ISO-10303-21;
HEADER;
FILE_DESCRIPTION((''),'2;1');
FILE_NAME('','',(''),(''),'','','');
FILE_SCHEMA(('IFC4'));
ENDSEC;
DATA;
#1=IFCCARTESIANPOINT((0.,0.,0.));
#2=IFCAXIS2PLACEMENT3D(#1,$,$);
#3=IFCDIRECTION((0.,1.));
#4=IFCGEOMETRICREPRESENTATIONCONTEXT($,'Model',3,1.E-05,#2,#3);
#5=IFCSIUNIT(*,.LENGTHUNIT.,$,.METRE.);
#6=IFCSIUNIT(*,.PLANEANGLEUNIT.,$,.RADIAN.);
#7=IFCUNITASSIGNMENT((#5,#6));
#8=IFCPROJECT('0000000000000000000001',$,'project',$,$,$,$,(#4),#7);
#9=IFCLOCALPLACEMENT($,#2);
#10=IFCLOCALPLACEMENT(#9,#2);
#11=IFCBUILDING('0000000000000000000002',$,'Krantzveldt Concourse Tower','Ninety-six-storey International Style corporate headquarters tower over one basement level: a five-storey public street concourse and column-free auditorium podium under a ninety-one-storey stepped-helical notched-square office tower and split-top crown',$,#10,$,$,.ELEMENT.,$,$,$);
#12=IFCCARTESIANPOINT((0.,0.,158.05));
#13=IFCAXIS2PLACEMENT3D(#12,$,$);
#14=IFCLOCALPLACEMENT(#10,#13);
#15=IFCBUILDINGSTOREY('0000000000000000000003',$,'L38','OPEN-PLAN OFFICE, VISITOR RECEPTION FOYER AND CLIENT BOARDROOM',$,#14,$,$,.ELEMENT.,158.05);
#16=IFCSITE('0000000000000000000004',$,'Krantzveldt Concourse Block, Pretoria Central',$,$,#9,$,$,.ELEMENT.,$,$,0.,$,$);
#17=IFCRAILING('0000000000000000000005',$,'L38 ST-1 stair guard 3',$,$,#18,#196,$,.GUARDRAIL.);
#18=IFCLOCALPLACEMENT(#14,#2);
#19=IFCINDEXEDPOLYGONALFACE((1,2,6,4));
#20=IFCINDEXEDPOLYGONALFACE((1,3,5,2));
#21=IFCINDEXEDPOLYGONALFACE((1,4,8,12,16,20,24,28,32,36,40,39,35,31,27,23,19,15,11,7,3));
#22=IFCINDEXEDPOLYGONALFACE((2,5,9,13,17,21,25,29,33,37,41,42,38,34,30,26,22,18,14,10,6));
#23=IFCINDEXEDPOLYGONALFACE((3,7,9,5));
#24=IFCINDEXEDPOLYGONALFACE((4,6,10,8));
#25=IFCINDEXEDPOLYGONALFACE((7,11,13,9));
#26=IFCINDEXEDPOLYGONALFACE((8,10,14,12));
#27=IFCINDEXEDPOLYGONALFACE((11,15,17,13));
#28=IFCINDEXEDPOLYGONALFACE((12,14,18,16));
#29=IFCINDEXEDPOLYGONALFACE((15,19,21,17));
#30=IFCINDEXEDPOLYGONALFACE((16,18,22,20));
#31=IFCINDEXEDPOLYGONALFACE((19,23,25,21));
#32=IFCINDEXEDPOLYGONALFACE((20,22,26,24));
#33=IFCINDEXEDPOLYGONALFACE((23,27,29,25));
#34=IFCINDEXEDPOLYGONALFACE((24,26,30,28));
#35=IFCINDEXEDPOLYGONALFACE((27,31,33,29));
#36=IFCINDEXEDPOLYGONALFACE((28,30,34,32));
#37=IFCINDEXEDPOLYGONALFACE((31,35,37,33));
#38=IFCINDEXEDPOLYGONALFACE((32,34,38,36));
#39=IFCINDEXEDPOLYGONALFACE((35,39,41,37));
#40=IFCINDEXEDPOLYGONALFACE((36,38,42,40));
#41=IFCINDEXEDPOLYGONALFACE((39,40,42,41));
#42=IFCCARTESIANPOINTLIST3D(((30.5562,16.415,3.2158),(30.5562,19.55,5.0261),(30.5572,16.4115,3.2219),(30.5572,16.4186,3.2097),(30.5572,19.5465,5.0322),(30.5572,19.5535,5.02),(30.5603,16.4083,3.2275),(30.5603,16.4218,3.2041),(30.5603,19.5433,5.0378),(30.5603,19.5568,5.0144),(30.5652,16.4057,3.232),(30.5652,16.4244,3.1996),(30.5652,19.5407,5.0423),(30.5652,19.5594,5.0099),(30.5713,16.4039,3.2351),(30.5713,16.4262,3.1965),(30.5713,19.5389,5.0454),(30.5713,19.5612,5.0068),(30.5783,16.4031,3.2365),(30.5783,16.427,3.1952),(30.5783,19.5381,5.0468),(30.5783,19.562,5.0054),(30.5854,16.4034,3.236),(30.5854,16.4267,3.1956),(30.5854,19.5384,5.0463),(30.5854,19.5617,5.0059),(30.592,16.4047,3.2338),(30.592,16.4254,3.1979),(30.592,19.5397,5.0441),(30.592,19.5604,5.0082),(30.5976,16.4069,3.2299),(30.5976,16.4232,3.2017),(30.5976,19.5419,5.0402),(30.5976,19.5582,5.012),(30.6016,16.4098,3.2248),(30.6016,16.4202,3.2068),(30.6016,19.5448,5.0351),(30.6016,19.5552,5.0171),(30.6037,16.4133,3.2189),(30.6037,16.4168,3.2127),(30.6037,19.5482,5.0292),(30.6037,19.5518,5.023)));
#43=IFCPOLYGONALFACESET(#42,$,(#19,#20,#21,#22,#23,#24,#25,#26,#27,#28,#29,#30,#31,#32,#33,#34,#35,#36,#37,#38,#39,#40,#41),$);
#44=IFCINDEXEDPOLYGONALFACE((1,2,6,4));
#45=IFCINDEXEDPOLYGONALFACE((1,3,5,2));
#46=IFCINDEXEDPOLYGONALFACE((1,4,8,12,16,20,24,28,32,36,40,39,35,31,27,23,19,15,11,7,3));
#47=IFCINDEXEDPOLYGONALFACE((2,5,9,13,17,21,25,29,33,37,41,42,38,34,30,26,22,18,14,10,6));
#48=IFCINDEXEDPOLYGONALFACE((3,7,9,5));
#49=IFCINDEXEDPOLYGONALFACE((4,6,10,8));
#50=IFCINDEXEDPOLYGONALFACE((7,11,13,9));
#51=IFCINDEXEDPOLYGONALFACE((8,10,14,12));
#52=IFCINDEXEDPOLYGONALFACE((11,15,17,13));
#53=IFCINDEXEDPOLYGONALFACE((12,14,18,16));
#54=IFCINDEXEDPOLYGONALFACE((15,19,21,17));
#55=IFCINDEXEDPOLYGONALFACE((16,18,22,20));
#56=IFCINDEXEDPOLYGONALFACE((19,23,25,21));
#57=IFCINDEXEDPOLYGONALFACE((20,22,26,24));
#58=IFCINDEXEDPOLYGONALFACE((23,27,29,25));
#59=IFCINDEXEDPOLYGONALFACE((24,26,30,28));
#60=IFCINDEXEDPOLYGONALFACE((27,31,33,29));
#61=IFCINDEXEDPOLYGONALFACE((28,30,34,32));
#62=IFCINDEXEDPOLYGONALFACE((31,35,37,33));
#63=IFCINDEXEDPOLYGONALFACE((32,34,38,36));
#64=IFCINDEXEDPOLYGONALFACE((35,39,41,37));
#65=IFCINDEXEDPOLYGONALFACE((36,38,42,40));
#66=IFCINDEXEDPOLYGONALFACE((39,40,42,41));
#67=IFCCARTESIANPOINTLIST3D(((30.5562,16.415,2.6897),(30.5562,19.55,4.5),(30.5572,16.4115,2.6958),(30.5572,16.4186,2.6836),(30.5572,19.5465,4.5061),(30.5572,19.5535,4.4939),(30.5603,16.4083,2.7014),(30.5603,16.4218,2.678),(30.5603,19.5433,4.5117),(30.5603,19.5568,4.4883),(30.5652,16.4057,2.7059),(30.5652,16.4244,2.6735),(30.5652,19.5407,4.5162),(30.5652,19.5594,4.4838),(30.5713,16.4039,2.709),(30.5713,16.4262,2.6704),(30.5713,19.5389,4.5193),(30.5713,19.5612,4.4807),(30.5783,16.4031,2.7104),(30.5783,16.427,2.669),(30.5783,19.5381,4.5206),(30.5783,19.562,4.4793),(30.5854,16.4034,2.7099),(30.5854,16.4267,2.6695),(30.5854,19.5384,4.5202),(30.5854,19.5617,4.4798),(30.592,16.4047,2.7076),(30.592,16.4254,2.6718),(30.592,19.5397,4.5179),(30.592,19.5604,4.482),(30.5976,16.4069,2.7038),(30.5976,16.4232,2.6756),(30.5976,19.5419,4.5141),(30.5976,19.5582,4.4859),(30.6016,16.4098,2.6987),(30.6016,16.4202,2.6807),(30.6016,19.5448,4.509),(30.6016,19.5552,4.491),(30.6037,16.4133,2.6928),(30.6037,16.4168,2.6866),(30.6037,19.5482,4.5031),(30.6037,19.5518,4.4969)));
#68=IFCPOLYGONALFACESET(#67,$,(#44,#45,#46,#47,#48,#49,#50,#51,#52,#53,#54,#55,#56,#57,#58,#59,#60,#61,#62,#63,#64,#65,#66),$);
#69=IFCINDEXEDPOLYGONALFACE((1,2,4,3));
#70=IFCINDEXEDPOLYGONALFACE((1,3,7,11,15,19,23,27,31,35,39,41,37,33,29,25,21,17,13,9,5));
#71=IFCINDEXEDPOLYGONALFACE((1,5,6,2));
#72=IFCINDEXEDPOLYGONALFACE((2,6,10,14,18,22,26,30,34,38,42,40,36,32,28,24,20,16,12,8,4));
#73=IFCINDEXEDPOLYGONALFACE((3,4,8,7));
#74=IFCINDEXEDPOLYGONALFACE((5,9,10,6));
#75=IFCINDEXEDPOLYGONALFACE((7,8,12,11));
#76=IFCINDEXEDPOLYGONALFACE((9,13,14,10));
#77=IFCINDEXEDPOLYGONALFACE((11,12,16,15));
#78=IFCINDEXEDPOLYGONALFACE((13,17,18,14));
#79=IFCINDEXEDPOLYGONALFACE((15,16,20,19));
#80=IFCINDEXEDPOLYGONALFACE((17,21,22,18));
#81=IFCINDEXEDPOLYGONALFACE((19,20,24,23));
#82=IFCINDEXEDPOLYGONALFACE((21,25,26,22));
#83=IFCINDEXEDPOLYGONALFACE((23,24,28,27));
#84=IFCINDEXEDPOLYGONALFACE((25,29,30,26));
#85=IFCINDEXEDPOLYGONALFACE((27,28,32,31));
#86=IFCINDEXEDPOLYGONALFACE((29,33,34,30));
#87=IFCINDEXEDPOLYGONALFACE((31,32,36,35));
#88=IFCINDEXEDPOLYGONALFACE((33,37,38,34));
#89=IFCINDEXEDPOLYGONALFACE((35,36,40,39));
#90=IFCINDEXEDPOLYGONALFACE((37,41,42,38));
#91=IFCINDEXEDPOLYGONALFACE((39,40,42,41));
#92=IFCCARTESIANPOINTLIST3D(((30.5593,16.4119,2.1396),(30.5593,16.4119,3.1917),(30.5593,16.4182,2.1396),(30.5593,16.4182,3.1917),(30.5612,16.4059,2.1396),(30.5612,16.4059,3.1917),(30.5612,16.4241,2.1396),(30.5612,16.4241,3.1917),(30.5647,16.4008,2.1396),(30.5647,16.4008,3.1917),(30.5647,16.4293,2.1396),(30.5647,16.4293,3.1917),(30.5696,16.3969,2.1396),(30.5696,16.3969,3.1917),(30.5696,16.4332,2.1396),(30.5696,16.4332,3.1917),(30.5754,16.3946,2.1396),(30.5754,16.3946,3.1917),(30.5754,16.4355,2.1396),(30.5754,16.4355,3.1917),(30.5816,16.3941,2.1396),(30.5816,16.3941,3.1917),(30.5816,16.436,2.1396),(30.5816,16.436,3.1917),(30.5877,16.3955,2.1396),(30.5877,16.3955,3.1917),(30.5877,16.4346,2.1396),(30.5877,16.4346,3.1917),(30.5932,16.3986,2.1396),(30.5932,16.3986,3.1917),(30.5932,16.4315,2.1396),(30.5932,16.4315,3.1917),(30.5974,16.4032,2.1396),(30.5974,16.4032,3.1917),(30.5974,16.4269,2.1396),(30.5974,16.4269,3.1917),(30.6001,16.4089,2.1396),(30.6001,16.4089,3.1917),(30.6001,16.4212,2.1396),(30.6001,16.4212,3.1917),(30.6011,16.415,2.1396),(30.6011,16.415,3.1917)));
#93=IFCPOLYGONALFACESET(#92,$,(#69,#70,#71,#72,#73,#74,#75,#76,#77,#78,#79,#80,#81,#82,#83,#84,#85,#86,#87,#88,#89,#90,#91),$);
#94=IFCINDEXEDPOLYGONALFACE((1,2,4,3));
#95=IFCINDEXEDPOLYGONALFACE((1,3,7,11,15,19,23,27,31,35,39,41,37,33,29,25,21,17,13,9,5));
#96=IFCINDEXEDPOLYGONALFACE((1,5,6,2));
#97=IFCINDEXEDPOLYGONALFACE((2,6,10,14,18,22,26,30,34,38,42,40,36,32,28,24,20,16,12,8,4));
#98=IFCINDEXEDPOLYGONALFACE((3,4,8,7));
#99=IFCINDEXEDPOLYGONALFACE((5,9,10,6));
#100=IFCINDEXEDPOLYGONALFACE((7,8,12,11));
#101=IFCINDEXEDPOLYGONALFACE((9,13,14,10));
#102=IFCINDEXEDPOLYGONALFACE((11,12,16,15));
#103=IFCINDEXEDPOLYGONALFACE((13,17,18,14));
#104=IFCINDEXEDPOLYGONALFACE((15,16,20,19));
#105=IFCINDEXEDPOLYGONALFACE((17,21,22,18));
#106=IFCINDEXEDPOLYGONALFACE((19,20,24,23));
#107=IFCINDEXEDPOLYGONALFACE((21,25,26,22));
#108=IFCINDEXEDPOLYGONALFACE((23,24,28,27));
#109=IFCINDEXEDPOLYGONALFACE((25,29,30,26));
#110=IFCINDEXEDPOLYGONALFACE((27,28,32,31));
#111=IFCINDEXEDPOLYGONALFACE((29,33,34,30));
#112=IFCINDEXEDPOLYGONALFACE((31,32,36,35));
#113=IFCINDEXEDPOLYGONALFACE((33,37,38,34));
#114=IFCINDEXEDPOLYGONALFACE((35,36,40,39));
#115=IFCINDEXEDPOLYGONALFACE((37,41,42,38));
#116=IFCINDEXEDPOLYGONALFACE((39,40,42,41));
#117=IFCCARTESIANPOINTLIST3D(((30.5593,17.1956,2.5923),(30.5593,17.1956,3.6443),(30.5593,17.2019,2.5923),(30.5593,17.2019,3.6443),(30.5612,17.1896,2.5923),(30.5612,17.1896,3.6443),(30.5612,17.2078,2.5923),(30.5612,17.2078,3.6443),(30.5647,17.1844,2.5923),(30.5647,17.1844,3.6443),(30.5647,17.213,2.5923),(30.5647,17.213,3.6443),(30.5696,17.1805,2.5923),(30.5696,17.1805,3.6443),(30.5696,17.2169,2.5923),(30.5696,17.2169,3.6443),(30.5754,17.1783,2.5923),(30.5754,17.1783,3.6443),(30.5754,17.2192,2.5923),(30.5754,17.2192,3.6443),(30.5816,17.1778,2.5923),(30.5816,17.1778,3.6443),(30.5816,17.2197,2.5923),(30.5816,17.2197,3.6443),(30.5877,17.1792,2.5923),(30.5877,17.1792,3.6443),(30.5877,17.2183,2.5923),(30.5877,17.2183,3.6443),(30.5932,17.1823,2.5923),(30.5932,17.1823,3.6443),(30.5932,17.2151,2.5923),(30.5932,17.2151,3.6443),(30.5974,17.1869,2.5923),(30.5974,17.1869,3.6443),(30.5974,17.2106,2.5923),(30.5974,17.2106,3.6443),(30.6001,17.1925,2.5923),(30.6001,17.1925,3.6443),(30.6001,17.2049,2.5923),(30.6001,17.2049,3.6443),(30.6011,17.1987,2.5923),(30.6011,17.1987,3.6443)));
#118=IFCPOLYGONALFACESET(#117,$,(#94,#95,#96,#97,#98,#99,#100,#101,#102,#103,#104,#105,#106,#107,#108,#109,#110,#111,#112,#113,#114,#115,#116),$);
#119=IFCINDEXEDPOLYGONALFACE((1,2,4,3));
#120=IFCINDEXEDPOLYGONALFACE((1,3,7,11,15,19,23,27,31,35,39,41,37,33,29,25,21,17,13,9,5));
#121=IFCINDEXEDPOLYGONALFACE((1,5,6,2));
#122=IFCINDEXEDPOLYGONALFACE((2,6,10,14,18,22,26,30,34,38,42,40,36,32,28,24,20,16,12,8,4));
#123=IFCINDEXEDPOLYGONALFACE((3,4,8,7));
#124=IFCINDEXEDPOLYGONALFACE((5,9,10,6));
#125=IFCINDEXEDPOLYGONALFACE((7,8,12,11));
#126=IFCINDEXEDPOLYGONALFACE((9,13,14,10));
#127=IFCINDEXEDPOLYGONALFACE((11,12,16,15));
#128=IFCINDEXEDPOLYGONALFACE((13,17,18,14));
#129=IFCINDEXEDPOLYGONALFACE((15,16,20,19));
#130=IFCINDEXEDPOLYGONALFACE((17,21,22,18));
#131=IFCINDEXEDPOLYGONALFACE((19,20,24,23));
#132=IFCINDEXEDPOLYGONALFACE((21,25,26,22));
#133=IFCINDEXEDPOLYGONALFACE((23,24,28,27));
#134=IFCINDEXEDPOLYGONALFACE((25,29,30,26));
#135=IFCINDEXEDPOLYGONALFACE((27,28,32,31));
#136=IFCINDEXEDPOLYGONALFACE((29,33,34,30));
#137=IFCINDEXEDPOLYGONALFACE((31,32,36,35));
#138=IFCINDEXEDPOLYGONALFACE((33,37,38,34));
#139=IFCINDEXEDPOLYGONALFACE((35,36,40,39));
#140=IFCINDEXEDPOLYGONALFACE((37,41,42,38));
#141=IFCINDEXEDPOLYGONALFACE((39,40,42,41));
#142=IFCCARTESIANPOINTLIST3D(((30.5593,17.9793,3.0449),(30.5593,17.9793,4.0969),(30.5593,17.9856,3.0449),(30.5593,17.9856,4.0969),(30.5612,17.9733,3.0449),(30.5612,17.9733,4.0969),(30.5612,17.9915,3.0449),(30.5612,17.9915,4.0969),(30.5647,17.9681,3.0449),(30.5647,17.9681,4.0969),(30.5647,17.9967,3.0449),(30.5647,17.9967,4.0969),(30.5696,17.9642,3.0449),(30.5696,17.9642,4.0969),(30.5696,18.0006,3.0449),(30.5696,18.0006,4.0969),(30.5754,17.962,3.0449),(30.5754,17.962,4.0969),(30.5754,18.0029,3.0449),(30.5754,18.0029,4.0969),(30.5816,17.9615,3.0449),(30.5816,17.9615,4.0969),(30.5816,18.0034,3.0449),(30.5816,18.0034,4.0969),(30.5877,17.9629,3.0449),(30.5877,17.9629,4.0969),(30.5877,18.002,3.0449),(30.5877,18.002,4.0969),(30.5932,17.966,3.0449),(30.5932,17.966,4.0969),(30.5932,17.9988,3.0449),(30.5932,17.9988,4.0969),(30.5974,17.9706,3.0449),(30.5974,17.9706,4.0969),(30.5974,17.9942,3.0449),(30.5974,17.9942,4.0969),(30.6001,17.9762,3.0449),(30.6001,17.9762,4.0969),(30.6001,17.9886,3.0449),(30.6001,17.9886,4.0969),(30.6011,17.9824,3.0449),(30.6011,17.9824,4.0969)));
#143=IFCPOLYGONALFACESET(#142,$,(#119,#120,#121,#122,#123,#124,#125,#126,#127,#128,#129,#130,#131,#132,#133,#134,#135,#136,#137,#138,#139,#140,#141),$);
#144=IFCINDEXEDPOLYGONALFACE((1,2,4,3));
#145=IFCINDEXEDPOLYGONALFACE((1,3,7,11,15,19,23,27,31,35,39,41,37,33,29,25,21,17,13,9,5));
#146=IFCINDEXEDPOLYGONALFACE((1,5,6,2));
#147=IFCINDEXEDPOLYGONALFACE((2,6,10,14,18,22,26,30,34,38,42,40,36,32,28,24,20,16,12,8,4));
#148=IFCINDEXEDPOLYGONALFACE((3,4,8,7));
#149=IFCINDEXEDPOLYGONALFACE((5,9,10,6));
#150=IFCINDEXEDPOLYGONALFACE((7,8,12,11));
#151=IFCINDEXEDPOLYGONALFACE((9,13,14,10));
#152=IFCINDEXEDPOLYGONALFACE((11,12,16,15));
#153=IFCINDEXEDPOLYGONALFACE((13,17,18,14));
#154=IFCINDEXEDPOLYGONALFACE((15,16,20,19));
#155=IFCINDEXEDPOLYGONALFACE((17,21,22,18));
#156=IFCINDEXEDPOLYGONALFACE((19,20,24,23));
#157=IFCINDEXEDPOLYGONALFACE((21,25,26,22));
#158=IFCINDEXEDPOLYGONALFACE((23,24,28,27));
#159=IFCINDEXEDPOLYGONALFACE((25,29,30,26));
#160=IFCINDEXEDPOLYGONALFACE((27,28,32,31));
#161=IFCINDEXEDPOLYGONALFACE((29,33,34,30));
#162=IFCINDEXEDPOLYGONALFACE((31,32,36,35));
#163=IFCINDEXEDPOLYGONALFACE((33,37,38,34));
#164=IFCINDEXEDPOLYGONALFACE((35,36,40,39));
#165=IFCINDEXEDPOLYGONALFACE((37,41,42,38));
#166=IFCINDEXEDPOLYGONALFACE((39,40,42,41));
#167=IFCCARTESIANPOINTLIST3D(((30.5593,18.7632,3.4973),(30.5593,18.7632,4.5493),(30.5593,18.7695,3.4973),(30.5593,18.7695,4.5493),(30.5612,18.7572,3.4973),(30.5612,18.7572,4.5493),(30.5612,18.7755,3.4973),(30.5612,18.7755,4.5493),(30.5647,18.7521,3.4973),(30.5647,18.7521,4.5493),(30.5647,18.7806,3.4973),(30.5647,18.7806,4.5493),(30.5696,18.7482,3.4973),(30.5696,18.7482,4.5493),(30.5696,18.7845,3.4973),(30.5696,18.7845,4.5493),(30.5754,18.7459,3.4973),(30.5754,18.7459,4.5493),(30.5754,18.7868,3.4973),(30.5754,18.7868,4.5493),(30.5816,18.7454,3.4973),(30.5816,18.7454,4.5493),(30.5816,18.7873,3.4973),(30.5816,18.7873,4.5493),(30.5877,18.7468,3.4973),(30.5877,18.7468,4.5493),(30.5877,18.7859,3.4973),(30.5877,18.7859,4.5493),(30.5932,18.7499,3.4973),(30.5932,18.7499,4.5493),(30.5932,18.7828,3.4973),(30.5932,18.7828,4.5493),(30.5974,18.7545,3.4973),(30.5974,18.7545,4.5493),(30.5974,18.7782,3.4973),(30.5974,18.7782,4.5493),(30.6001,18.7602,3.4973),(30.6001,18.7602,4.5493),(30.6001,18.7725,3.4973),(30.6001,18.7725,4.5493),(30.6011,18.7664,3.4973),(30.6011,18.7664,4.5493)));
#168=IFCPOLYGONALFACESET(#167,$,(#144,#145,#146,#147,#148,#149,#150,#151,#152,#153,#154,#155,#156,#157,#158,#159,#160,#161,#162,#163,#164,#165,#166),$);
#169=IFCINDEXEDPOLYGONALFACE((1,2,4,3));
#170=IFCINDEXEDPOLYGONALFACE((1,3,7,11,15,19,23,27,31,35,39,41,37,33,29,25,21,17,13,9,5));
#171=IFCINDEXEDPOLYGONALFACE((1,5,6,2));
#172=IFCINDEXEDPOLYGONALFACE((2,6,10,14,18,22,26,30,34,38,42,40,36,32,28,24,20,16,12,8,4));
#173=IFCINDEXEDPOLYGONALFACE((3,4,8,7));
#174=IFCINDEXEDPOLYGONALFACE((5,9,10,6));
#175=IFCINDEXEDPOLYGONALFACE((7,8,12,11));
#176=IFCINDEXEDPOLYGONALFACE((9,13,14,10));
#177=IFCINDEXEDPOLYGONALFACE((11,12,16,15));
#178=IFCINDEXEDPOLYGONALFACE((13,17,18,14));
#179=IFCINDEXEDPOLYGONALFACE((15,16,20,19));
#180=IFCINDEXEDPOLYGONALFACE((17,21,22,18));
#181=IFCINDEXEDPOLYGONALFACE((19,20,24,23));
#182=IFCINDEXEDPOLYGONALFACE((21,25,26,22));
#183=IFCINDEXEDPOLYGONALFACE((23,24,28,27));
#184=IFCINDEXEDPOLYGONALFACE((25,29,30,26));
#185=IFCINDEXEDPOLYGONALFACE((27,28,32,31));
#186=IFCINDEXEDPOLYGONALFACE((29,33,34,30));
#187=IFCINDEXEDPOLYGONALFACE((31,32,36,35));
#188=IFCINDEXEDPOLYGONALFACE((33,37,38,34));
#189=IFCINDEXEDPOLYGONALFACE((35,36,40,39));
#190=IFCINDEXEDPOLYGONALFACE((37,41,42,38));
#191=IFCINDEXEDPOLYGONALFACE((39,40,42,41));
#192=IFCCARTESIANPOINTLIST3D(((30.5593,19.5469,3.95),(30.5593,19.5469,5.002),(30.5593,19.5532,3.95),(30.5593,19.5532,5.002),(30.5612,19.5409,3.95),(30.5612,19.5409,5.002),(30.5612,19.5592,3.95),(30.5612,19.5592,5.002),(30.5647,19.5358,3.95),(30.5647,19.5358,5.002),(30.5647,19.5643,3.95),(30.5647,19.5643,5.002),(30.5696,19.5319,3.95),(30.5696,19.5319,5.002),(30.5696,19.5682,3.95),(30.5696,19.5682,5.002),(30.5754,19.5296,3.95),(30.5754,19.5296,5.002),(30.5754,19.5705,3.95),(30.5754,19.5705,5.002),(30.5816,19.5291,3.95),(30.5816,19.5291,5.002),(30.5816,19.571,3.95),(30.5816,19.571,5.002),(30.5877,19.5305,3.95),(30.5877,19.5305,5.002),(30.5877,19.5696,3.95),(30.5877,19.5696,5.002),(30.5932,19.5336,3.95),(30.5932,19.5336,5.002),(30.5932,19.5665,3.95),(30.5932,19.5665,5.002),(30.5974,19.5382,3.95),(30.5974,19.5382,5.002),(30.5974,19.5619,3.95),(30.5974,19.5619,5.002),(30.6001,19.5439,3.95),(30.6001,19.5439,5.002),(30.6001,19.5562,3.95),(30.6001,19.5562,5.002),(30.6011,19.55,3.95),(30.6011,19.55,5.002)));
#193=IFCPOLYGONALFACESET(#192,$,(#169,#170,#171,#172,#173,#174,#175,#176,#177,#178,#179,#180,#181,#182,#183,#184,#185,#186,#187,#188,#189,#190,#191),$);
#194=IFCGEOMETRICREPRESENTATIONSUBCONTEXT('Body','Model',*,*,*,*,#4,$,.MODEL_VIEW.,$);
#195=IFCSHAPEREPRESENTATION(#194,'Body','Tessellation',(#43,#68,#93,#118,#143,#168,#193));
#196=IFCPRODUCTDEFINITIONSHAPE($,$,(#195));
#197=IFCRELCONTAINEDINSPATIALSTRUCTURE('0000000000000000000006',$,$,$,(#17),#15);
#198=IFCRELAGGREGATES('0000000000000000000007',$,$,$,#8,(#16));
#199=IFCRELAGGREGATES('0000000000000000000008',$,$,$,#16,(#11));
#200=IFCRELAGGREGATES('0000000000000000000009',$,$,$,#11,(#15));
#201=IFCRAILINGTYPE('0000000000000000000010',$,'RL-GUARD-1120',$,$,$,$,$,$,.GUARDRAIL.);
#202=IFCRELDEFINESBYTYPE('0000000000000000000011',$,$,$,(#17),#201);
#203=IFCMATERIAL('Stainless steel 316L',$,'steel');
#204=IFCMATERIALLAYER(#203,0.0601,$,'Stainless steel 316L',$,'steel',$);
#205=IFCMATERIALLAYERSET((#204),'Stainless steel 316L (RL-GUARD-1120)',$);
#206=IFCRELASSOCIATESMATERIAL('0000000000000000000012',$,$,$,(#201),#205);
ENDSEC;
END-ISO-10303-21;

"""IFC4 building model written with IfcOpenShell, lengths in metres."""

from ifc_helpers import new_model, si_unit, direction, frame, origin, origin_2d, place, context, subcontext, project, spatial, circle, extrude, material, layer, layer_set, type_object, element, save


model = new_model("IFC4")

# Units and contexts
model_context = context("Model", 3, precision=1e-05, world=origin(), true_north=direction((0.0, 1.0)))
body_context = subcontext(model_context, "Body", "Model", "MODEL_VIEW")
ifc_project = project(units=[si_unit("LENGTHUNIT", "METRE"), si_unit("PLANEANGLEUNIT", "RADIAN")], contexts=[model_context])

# Site, building, storey
site_placement = place(None, origin())
site = spatial("IfcSite", under=ifc_project, at=site_placement, Name="Krantzveldt Concourse Block, Pretoria Central", CompositionType="ELEMENT", RefElevation=0.0)
building_placement = place(site_placement, origin())
building = spatial("IfcBuilding", under=site, at=building_placement, Name="Krantzveldt Concourse Tower", Description="Ninety-six-storey International Style corporate headquarters tower over one basement level: a five-storey public street concourse and column-free auditorium podium under a ninety-one-storey stepped-helical notched-square office tower and split-top crown", CompositionType="ELEMENT")
storey_placement = place(building_placement, frame((0.0, 0.0, 158.05)))
storey = spatial("IfcBuildingStorey", under=building, at=storey_placement, Name="L38", Description="OPEN-PLAN OFFICE, VISITOR RECEPTION FOYER AND CLIENT BOARDROOM", CompositionType="ELEMENT", Elevation=158.05)

# Railing
ifc_material_1 = material(Name="Stainless steel 316L", Category="steel")
ifc_layer_1 = layer(ifc_material_1, 0.0601, Name="Stainless steel 316L", Category="steel")
ifc_layer_set_1 = layer_set([ifc_layer_1], Name="Stainless steel 316L (RL-GUARD-1120)")
railing_type_1 = type_object("IfcRailingType", Name="RL-GUARD-1120", PredefinedType="GUARDRAIL", material=ifc_layer_set_1)
railing_1_placement = place(storey_placement, frame((30.5801, 16.415, 2.1396)))
element("IfcRailing", 1, at=railing_1_placement, inside=storey, type_object=railing_type_1, Name="L38 ST-1 stair guard 3", PredefinedType="GUARDRAIL", context=body_context, shape_type="SweptSolid", body=[
    extrude(circle(Radius=0.0239, at=origin_2d()), frame((0.0, 0.0, 1.0762), z_axis=(0.0, 0.865989, 0.500063), x_axis=(-1.0, 0.0, 0.0)), (0.0, 0.0, 1.0), 3.6201),
    extrude(circle(Radius=0.0239, at=origin_2d()), frame((0.0, 0.0, 0.55), z_axis=(0.0, 0.865989, 0.500063), x_axis=(-1.0, 0.0, 0.0)), (0.0, 0.0, 1.0), 3.6201),
    extrude(circle(Radius=0.021, at=origin_2d()), origin(), (0.0, 0.0, 1.0), 1.052),
    extrude(circle(Radius=0.021, at=origin_2d()), frame((0.0, 0.7837, 0.4526)), (0.0, 0.0, 1.0), 1.052),
    extrude(circle(Radius=0.021, at=origin_2d()), frame((0.0, 1.5674, 0.9053)), (0.0, 0.0, 1.0), 1.052),
    extrude(circle(Radius=0.021, at=origin_2d()), frame((0.0, 2.3513, 1.3577)), (0.0, 0.0, 1.0), 1.052),
    extrude(circle(Radius=0.021, at=origin_2d()), frame((0.0, 3.135, 1.8103)), (0.0, 0.0, 1.0), 1.052),
])

save(model, "model.ifc")
